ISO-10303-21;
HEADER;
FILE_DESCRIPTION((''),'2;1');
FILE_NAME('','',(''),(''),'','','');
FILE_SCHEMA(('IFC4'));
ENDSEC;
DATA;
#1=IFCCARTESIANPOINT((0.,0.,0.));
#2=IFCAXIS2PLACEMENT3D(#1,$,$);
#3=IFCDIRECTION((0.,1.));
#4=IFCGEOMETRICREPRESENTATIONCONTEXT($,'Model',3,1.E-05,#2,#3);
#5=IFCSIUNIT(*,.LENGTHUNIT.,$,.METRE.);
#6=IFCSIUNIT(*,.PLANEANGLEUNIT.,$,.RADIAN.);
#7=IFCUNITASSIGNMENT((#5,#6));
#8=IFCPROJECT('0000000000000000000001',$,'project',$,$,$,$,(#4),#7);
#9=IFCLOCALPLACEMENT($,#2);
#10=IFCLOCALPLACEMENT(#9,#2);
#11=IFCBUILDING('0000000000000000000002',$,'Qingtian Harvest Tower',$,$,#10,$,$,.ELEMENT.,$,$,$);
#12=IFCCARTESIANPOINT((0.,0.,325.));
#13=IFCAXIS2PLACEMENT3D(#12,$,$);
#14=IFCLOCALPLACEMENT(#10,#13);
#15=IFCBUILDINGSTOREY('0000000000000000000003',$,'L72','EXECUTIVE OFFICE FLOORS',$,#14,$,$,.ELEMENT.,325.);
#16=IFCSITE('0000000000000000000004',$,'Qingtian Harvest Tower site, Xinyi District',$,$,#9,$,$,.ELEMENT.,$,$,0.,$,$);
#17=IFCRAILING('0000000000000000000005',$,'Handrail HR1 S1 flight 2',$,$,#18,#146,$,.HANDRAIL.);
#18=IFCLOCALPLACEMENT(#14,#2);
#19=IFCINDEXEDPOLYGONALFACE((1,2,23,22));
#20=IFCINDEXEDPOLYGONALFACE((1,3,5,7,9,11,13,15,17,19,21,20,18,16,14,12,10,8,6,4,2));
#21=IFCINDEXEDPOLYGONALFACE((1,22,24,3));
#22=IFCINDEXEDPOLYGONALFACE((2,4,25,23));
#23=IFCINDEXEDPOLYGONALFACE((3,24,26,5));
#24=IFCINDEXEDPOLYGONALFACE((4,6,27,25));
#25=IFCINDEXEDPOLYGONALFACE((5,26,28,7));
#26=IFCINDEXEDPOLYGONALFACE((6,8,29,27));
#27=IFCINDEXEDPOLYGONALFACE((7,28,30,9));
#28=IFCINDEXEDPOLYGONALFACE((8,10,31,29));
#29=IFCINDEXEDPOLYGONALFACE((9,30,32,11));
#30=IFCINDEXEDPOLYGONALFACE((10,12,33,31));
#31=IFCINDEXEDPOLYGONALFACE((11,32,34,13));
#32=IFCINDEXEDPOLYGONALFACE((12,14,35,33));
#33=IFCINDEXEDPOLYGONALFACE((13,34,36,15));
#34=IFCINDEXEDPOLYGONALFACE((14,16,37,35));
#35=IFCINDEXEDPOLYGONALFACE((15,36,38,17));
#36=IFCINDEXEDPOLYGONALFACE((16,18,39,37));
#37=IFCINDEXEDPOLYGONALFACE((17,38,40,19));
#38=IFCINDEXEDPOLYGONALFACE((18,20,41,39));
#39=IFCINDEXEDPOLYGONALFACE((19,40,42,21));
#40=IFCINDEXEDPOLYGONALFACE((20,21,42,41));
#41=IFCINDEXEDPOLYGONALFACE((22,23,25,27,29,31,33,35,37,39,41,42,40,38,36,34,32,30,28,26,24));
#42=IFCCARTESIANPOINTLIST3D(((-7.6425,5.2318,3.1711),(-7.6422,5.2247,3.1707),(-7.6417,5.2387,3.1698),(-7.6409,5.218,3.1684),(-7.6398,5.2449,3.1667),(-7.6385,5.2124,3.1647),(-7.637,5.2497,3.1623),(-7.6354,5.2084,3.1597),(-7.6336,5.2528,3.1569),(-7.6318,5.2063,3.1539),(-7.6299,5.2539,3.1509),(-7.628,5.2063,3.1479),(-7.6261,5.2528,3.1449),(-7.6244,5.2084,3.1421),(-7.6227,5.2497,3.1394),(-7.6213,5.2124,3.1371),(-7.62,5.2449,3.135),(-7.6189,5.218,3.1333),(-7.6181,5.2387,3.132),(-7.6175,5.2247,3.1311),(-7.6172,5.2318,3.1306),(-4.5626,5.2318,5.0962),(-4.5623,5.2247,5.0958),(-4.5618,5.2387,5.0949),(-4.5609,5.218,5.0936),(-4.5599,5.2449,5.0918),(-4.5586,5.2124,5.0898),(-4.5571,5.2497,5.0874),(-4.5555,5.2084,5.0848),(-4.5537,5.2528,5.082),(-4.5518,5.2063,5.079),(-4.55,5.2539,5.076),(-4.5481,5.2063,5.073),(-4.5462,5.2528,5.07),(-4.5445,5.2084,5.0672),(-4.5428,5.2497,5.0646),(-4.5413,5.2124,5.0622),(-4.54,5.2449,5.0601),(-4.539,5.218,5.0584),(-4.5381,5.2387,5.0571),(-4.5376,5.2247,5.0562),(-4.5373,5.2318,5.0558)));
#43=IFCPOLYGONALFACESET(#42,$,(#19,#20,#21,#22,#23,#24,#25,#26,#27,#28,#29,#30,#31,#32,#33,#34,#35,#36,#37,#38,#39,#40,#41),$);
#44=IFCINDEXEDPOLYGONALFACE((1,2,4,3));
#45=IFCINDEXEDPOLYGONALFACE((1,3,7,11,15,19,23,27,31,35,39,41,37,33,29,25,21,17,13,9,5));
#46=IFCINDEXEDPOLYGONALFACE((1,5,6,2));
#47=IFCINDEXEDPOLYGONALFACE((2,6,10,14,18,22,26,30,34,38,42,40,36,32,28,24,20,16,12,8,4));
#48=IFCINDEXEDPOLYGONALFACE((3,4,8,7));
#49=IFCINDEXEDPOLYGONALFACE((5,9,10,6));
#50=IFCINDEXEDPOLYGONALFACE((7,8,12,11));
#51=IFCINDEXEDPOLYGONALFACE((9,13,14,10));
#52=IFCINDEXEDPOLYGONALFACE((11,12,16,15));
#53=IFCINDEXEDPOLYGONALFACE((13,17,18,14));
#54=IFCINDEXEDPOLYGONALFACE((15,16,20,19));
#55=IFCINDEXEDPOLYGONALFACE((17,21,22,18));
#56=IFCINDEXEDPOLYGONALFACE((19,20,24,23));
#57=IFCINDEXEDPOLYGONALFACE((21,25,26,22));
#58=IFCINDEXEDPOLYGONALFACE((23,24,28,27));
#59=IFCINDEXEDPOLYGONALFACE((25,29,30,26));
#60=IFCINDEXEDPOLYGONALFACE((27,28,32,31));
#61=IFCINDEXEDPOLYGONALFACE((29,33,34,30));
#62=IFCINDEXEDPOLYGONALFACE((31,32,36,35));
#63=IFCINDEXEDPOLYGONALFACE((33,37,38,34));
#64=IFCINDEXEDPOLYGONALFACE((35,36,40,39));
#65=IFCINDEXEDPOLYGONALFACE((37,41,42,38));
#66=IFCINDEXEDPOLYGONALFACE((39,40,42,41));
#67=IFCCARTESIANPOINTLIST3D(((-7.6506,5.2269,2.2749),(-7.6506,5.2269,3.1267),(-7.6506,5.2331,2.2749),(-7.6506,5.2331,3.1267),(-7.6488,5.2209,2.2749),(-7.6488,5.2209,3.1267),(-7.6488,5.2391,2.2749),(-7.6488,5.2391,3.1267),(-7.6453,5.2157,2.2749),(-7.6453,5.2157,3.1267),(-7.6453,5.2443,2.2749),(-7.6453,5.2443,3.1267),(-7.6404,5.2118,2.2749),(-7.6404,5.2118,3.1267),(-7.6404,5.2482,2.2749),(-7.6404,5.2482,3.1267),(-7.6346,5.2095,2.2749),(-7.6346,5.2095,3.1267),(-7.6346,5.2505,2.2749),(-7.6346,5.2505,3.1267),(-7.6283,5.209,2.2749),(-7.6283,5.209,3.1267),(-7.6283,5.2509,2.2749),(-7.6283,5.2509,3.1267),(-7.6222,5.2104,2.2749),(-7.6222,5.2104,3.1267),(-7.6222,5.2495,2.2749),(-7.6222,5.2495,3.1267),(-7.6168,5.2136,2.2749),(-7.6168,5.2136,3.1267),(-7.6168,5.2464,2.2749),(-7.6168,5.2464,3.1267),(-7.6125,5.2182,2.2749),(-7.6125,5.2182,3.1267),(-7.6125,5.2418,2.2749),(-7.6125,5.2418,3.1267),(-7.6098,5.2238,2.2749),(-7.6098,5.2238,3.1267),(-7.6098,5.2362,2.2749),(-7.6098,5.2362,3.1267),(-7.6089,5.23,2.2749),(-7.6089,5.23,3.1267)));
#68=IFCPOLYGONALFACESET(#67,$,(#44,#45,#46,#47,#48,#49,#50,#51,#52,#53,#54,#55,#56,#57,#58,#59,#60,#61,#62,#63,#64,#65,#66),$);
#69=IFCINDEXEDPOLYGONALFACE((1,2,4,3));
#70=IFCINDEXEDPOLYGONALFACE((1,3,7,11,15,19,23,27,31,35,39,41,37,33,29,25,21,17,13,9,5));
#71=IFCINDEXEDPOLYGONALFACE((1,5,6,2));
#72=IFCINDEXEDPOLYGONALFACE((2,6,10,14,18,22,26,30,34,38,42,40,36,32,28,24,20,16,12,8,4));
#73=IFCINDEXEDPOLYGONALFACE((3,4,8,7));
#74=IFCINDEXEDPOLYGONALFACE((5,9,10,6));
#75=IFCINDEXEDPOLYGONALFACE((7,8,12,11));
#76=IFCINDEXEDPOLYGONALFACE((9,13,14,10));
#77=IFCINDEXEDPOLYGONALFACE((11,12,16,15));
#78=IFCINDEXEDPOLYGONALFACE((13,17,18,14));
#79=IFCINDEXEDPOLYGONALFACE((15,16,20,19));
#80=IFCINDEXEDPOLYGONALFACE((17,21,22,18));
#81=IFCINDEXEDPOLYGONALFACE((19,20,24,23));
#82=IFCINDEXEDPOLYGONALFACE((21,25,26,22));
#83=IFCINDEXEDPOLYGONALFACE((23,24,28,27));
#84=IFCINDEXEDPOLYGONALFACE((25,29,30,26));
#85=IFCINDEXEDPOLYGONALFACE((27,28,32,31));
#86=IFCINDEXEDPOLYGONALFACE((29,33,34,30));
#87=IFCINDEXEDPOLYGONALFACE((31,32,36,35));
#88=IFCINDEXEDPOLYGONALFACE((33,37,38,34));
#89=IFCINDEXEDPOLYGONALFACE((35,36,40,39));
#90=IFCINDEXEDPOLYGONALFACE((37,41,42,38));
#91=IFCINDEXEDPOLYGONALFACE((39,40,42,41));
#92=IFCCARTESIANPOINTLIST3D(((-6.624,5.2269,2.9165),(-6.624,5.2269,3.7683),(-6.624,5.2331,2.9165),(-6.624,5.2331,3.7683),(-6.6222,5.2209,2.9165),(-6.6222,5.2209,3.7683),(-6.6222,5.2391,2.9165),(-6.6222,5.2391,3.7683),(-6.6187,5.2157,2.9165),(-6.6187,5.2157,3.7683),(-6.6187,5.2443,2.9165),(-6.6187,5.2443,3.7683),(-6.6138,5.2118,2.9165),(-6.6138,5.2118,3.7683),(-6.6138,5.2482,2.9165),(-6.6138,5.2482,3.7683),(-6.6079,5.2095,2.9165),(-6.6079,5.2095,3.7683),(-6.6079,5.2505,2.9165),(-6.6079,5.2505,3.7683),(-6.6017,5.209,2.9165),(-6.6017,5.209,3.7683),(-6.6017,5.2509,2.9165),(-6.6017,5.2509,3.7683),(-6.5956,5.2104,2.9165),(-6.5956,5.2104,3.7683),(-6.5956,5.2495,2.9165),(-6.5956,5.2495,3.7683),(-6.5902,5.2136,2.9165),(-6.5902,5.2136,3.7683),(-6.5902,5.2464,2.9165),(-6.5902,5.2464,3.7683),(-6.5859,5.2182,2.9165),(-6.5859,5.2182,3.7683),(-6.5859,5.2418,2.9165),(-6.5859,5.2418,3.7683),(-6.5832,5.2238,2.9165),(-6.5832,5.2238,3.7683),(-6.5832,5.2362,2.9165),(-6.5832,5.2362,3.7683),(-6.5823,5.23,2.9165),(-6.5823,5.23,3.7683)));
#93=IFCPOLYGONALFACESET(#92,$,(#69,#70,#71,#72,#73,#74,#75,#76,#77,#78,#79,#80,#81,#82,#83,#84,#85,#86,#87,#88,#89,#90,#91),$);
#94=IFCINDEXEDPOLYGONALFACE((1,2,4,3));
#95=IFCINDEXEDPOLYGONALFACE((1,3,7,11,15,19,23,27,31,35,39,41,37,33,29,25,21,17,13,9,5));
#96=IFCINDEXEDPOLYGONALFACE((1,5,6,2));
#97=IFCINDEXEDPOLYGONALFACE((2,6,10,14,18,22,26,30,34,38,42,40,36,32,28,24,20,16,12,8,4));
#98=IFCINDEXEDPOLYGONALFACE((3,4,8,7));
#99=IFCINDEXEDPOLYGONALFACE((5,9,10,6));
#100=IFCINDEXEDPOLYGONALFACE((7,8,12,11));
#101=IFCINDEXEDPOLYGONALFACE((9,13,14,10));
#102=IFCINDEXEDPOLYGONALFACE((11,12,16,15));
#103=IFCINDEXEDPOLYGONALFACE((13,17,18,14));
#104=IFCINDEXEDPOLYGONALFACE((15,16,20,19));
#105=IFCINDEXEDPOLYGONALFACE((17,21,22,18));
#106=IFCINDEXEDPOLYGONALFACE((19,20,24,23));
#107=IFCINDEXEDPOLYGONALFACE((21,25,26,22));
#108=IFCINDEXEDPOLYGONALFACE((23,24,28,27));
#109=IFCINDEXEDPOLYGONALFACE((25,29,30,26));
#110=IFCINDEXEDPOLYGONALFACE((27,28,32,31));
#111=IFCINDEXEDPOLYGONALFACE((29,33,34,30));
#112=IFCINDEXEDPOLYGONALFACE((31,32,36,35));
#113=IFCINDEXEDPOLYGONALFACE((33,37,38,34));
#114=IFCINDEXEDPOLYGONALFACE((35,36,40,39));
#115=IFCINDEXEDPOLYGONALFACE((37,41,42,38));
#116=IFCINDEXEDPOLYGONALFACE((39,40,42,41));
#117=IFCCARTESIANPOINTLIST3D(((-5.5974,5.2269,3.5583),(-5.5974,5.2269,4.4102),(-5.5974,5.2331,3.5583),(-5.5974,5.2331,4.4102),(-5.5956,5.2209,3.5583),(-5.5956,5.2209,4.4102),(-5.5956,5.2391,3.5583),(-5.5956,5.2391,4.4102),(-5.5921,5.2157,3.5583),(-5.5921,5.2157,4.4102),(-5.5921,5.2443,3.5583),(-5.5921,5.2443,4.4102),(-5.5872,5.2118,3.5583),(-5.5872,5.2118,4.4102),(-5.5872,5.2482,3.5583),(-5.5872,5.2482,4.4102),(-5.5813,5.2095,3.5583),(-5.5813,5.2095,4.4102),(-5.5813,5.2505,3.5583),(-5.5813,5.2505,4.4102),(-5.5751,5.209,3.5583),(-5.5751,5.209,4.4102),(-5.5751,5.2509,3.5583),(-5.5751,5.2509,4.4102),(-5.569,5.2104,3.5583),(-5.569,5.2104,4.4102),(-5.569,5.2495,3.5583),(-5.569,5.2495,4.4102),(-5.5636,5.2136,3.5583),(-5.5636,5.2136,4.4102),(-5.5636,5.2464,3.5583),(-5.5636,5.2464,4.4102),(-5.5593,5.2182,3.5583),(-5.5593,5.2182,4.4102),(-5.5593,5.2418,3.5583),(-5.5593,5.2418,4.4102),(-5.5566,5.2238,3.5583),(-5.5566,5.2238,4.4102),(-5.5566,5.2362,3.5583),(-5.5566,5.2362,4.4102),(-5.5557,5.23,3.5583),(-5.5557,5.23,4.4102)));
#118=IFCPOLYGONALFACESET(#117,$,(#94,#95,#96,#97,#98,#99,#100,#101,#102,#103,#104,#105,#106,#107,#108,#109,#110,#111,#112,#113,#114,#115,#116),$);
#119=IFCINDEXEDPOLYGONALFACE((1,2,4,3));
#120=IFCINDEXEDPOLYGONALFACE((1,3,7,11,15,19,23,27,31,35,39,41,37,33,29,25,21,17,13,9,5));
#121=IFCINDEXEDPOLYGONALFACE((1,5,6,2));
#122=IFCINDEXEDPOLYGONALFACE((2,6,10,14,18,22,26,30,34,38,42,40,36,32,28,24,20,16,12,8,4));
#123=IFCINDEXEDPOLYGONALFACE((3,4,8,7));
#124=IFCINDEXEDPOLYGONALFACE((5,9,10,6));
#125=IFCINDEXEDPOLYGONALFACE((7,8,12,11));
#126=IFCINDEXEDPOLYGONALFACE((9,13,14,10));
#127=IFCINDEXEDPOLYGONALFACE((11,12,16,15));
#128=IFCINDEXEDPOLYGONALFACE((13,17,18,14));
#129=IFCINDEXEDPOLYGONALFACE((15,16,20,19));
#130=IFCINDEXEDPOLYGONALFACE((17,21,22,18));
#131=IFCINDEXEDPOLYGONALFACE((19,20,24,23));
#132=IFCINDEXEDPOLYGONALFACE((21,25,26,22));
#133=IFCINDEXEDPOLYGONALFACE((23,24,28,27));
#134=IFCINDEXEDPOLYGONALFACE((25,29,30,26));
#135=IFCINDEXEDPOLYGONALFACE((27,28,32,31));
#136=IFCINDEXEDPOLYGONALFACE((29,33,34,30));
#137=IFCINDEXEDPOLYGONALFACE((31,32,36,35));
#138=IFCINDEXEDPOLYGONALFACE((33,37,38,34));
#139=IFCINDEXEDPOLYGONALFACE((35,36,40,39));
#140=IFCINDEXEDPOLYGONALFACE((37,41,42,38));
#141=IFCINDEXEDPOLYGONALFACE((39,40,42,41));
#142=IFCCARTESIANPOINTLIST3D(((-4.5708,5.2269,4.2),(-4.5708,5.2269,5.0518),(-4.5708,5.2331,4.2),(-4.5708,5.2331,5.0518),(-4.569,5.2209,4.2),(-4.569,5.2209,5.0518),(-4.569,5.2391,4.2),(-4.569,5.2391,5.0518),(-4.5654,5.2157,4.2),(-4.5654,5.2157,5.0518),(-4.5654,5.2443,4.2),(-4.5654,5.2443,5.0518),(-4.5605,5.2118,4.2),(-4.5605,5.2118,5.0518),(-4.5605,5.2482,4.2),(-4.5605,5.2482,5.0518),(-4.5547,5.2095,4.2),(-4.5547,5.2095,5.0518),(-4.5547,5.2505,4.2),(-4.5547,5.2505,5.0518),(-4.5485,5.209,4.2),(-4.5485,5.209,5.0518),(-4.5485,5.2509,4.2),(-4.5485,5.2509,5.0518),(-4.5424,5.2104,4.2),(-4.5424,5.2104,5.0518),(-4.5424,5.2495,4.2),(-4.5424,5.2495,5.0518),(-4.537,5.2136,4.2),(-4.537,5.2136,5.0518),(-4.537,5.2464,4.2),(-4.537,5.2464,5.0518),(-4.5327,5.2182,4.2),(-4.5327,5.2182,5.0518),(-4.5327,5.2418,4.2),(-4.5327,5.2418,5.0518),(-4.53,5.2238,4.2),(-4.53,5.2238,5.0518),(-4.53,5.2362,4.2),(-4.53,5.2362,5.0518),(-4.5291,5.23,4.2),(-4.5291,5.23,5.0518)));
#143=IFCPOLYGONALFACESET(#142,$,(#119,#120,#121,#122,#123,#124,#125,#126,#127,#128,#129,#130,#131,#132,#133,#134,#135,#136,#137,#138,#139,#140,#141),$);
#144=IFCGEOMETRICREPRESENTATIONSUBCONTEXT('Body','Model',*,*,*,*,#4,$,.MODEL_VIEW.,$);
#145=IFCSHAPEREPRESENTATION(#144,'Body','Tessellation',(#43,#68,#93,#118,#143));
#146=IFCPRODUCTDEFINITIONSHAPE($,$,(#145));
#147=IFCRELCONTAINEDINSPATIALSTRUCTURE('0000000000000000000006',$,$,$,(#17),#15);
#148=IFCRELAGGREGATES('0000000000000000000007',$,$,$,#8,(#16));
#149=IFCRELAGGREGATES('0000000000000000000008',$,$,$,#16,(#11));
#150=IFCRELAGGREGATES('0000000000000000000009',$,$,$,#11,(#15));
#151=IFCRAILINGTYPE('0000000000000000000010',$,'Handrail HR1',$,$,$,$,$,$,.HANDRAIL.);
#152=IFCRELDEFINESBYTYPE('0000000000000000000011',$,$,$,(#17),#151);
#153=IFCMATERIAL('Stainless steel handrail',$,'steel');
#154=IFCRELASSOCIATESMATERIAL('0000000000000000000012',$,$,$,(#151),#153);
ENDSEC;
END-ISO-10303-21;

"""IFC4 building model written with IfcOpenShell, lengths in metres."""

from ifc_helpers import new_model, si_unit, direction, frame, origin, origin_2d, place, context, subcontext, project, spatial, circle, extrude, material, type_object, element, save


model = new_model("IFC4")

# Units and contexts
model_context = context("Model", 3, precision=1e-05, world=origin(), true_north=direction((0.0, 1.0)))
body_context = subcontext(model_context, "Body", "Model", "MODEL_VIEW")
ifc_project = project(units=[si_unit("LENGTHUNIT", "METRE"), si_unit("PLANEANGLEUNIT", "RADIAN")], contexts=[model_context])

# Site, building, storey
site_placement = place(None, origin())
site = spatial("IfcSite", under=ifc_project, at=site_placement, Name="Qingtian Harvest Tower site, Xinyi District", CompositionType="ELEMENT", RefElevation=0.0)
building_placement = place(site_placement, origin())
building = spatial("IfcBuilding", under=site, at=building_placement, Name="Qingtian Harvest Tower", CompositionType="ELEMENT")
storey_placement = place(building_placement, frame((0.0, 0.0, 325.0)))
storey = spatial("IfcBuildingStorey", under=building, at=storey_placement, Name="L72", Description="EXECUTIVE OFFICE FLOORS", CompositionType="ELEMENT", Elevation=325.0)

# Railing
ifc_material_1 = material(Name="Stainless steel handrail", Category="steel")
railing_type = type_object("IfcRailingType", Name="Handrail HR1", PredefinedType="HANDRAIL", material=ifc_material_1)
railing_1_placement = place(storey_placement, frame((-7.6299, 5.23, 2.2749)))
element("IfcRailing", 1, at=railing_1_placement, inside=storey, type_object=railing_type, Name="Handrail HR1 S1 flight 2", PredefinedType="HANDRAIL", context=body_context, shape_type="SweptSolid", body=[
    extrude(circle(Radius=0.0239, at=origin_2d()), frame((0.0, 0.0, 0.876), z_axis=(0.847979, 0.0, 0.530029), x_axis=(0.0, 1.0, 0.0)), (0.0, 0.0, 1.0), 3.6321),
    extrude(circle(Radius=0.021, at=origin_2d()), origin(), (0.0, 0.0, 1.0), 0.8518),
    extrude(circle(Radius=0.021, at=origin_2d()), frame((1.0266, 0.0, 0.6416)), (0.0, 0.0, 1.0), 0.8518),
    extrude(circle(Radius=0.021, at=origin_2d()), frame((2.0532, 0.0, 1.2834)), (0.0, 0.0, 1.0), 0.8518),
    extrude(circle(Radius=0.021, at=origin_2d()), frame((3.0798, 0.0, 1.925)), (0.0, 0.0, 1.0), 0.8518),
])

save(model, "model.ifc")
